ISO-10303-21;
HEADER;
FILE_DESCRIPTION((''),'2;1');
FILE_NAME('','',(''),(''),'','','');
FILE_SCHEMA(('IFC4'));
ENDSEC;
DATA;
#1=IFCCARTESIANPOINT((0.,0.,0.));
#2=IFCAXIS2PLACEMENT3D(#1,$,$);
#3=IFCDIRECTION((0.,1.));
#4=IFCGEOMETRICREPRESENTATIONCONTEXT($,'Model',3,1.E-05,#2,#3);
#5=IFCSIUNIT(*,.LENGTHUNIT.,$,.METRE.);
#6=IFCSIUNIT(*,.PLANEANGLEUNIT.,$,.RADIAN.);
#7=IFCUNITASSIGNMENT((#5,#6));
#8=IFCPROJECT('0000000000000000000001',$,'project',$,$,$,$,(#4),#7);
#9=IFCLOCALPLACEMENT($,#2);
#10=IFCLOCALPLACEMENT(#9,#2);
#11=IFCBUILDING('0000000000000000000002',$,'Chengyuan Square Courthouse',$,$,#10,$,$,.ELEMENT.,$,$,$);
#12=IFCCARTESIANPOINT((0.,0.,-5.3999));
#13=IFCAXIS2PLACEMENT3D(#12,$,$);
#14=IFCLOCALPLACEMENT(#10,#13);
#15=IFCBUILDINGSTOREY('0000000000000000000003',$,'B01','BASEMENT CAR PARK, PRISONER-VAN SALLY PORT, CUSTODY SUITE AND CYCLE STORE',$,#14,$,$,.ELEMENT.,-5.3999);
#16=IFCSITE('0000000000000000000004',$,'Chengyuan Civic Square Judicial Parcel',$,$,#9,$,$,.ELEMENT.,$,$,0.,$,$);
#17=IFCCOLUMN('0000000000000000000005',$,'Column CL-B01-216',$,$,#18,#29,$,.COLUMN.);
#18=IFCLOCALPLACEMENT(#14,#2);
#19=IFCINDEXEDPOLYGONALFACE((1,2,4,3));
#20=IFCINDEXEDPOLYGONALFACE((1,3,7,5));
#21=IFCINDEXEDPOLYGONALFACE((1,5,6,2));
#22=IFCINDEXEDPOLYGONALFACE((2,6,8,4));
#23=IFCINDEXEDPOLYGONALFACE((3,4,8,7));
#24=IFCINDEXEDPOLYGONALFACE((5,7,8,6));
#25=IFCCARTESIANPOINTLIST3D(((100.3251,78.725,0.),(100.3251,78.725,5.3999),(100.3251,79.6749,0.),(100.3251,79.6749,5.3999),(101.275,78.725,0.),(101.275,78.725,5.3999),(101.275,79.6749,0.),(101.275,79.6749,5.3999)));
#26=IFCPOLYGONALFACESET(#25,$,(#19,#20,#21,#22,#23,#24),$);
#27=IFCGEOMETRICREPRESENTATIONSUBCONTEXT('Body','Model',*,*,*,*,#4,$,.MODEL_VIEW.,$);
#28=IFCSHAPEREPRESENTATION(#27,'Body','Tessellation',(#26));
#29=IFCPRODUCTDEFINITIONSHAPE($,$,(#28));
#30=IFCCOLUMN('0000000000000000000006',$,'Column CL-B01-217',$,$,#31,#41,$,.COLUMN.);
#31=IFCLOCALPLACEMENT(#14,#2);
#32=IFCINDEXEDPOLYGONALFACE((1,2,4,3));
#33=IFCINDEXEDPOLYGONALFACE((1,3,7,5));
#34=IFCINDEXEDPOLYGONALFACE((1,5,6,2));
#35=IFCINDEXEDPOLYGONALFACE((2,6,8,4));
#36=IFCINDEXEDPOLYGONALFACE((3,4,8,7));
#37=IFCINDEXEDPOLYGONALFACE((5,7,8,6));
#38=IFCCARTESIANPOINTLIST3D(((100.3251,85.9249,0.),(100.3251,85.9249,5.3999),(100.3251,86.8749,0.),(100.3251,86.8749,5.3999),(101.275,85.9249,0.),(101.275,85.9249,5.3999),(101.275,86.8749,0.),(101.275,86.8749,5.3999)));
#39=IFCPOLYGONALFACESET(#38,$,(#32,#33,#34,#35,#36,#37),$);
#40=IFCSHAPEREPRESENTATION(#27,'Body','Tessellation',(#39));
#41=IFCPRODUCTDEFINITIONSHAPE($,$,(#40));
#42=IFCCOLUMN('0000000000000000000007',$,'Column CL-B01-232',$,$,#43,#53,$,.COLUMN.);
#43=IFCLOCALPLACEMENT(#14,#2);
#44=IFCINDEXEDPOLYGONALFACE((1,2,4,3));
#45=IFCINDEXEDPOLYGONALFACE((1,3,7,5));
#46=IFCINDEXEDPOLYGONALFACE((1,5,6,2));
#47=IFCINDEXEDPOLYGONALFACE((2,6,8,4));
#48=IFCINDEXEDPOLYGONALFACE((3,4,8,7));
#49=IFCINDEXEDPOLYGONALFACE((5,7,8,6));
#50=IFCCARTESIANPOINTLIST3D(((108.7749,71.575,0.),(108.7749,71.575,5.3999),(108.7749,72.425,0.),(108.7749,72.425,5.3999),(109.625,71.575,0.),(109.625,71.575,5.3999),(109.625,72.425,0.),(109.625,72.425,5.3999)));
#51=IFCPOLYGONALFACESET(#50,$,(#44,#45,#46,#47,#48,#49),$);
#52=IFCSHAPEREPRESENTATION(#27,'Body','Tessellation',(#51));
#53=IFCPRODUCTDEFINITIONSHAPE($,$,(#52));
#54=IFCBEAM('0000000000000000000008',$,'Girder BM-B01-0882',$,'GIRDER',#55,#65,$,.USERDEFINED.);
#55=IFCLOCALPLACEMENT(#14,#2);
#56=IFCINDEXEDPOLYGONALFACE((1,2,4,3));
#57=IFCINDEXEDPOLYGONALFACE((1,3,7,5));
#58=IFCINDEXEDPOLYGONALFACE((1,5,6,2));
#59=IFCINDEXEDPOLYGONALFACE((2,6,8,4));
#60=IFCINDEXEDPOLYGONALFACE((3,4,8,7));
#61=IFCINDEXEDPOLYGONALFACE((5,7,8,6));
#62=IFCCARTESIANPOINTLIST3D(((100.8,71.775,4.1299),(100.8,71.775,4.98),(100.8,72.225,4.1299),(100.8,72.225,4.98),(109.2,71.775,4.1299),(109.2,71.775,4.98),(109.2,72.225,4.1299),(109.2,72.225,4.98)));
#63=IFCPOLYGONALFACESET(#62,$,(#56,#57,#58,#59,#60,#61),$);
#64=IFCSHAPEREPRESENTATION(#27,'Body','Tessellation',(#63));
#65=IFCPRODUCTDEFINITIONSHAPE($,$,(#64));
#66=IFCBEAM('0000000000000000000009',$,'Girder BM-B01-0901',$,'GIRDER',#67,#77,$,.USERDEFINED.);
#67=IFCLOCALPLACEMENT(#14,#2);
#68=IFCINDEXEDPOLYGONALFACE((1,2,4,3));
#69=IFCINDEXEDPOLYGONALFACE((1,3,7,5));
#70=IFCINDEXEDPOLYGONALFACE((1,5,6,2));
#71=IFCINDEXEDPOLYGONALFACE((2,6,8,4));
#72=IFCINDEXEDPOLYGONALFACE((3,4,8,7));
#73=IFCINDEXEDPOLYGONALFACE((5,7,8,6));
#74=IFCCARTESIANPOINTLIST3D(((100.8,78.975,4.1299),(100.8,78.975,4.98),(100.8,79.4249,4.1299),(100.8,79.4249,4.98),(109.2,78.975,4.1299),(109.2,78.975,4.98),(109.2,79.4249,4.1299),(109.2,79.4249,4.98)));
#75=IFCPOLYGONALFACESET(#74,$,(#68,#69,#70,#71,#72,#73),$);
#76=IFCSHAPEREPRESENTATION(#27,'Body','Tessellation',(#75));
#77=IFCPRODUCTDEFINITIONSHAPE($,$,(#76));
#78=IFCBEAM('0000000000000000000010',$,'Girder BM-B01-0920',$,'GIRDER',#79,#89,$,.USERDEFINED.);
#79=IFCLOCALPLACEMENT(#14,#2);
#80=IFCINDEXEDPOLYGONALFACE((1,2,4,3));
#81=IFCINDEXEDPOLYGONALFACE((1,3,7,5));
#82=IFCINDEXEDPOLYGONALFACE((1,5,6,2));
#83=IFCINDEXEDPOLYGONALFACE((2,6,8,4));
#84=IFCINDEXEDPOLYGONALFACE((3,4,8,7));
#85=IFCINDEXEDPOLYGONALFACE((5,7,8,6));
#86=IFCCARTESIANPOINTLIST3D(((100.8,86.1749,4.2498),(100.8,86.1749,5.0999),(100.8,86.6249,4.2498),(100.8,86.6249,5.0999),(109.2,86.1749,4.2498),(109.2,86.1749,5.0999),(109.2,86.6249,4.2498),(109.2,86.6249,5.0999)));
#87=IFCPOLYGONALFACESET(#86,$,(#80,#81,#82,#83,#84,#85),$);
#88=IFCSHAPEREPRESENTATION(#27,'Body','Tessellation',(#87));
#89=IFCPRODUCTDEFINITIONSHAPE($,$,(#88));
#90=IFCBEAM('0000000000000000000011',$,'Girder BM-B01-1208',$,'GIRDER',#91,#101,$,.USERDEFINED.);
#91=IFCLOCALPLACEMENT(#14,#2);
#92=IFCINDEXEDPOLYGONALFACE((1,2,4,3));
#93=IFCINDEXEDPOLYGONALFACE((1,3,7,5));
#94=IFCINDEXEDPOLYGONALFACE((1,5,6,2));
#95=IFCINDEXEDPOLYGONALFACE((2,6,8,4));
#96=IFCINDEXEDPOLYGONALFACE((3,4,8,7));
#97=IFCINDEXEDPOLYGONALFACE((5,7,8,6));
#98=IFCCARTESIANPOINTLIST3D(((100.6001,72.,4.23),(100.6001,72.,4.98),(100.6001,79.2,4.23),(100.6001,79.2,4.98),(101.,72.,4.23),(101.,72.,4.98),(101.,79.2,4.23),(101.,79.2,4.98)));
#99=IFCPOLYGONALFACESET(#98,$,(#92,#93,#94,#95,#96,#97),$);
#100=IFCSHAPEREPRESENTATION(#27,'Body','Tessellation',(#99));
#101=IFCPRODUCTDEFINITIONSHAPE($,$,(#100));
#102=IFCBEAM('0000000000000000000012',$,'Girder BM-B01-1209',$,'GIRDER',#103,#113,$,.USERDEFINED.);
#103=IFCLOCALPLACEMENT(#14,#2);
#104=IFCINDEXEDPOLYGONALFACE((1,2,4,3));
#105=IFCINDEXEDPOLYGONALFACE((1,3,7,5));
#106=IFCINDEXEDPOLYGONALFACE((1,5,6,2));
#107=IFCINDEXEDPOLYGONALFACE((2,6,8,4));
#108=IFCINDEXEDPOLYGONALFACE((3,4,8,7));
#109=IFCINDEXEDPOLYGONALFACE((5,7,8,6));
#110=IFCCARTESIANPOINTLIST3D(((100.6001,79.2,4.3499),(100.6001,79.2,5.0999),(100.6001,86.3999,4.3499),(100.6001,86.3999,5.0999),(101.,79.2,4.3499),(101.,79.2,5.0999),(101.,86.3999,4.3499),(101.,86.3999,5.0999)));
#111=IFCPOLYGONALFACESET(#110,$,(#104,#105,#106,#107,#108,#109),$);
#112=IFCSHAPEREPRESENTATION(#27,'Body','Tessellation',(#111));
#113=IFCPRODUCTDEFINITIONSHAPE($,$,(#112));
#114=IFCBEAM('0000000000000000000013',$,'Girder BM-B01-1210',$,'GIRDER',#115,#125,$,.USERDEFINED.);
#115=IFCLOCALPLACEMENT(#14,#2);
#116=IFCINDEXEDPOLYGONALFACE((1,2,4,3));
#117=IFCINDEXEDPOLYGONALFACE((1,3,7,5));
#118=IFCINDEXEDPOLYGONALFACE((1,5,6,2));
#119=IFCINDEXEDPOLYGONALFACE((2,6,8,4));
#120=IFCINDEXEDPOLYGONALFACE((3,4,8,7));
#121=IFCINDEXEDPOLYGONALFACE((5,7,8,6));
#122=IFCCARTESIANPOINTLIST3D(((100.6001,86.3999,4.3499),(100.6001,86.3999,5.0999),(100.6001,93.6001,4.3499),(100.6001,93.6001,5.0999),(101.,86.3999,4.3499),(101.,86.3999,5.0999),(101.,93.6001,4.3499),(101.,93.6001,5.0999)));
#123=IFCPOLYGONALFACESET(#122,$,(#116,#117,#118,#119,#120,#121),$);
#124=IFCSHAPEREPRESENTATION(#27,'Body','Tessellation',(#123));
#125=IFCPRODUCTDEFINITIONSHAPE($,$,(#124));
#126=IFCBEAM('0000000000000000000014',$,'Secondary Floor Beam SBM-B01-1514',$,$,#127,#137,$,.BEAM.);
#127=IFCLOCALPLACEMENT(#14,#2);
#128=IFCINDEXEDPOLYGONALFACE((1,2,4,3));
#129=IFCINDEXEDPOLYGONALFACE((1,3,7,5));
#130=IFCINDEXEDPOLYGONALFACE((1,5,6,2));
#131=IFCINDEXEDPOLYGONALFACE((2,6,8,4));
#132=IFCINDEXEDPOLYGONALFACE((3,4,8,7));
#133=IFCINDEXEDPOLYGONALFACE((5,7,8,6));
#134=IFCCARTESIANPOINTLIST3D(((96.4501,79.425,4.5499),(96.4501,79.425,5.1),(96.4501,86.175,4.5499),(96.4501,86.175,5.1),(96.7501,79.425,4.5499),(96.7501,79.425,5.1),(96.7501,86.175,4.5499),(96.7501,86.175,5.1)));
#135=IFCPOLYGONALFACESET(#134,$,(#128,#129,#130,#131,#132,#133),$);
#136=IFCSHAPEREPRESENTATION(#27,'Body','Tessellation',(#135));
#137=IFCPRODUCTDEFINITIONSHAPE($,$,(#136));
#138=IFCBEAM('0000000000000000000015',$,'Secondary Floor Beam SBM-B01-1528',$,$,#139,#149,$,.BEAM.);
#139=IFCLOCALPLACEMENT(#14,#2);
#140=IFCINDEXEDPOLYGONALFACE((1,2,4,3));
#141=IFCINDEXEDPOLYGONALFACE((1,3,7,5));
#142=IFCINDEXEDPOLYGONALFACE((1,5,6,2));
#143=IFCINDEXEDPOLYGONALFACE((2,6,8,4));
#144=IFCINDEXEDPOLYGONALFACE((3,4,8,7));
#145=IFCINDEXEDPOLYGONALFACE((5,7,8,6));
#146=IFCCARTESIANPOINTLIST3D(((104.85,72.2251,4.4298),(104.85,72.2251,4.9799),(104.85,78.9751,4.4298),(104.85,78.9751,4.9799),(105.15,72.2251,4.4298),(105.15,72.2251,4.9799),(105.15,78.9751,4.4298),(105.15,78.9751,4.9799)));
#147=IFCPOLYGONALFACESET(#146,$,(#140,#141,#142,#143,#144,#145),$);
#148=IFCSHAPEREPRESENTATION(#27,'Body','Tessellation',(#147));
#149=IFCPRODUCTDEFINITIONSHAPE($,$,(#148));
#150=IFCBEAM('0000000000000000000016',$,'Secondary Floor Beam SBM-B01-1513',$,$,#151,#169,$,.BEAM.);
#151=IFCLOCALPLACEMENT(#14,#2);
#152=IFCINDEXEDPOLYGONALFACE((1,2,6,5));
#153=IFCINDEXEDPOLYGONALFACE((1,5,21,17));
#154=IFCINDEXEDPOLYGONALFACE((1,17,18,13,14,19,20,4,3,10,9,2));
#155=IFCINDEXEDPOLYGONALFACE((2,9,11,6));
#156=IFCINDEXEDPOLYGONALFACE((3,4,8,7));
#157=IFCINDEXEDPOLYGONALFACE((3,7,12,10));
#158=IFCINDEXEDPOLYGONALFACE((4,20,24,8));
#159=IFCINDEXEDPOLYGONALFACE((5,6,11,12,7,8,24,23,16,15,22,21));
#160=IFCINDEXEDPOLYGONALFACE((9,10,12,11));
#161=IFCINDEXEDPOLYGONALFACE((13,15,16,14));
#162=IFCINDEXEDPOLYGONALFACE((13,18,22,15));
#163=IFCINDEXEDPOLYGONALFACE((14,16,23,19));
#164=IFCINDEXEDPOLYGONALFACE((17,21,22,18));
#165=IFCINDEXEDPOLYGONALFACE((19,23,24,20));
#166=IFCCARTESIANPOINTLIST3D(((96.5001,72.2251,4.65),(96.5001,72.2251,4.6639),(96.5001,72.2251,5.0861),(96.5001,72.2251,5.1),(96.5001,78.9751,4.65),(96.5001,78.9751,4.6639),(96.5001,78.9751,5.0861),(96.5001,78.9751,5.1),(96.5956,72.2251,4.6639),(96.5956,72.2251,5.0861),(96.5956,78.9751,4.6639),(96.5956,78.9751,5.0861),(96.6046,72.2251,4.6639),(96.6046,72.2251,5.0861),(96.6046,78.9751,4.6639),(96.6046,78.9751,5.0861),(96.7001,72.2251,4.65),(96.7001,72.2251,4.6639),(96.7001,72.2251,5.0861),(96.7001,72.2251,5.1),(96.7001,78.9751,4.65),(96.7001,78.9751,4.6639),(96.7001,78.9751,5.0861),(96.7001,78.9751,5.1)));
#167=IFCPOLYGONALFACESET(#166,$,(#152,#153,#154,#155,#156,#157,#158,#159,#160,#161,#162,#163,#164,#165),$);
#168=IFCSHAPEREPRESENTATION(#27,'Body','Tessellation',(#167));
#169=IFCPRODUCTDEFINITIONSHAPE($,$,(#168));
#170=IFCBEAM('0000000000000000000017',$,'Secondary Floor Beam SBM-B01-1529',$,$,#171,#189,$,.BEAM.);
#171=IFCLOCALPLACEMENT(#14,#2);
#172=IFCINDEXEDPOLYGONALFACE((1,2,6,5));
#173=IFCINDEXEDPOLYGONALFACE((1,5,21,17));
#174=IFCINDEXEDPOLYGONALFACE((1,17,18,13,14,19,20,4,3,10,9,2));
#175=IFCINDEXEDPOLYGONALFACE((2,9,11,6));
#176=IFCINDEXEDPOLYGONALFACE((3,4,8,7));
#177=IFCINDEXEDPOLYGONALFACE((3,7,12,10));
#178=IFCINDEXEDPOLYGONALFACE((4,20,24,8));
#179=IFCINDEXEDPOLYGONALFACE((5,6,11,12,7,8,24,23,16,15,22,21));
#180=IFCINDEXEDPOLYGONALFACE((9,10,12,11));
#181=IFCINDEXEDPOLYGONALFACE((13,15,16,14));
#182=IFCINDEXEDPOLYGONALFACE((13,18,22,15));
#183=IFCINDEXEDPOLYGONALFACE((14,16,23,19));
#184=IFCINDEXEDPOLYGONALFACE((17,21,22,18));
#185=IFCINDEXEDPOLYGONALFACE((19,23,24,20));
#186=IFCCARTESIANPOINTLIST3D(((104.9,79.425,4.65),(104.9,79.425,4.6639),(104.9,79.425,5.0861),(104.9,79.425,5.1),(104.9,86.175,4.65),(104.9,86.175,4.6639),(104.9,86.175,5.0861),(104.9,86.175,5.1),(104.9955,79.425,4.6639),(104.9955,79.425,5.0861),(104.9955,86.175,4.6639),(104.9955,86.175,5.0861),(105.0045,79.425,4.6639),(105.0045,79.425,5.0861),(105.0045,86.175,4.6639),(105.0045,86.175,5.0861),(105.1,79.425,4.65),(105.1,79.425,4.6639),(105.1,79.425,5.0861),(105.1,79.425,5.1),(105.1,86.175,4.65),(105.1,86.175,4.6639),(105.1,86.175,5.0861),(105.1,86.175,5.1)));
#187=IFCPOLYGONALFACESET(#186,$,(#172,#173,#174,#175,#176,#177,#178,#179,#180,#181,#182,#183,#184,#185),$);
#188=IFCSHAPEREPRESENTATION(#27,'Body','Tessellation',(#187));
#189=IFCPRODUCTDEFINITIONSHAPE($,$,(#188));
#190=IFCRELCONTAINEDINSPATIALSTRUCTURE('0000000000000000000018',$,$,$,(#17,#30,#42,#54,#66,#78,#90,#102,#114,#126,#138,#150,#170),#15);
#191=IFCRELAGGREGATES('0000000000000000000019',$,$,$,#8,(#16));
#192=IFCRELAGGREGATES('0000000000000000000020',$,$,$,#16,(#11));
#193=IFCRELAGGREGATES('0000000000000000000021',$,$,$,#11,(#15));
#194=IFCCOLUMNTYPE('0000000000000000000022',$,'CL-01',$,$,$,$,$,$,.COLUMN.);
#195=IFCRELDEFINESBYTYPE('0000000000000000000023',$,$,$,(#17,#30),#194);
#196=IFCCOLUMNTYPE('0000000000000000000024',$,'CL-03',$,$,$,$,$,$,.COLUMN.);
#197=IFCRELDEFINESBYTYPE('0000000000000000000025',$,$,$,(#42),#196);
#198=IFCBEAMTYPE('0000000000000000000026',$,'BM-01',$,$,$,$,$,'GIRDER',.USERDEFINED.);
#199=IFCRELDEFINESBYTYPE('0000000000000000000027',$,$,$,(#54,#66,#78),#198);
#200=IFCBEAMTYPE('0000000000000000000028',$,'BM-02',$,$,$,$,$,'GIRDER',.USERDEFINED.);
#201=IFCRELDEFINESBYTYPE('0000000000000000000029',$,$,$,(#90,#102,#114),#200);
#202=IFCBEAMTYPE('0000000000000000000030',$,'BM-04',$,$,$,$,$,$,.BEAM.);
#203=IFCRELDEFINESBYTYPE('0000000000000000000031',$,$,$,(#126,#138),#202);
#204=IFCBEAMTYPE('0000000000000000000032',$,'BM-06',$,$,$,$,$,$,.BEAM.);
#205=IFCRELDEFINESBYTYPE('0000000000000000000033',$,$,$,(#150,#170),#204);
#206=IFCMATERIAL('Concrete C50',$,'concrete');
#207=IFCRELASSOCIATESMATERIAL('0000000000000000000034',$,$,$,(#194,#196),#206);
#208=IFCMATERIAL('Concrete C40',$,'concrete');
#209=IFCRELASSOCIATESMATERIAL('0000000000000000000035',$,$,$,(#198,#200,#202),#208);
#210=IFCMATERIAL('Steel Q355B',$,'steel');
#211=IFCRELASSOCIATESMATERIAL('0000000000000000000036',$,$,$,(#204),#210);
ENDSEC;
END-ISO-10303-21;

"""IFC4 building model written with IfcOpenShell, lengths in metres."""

from ifc_helpers import new_model, si_unit, direction, frame, origin, origin_2d, place, context, subcontext, project, spatial, rectangle, i_section, extrude, material, material_profile, profile_set, type_object, element, save


model = new_model("IFC4")

# Units and contexts
model_context = context("Model", 3, precision=1e-05, world=origin(), true_north=direction((0.0, 1.0)))
body_context = subcontext(model_context, "Body", "Model", "MODEL_VIEW")
ifc_project = project(units=[si_unit("LENGTHUNIT", "METRE"), si_unit("PLANEANGLEUNIT", "RADIAN")], contexts=[model_context])

# Site, building, storey
site_placement = place(None, origin())
site = spatial("IfcSite", under=ifc_project, at=site_placement, Name="Chengyuan Civic Square Judicial Parcel", CompositionType="ELEMENT", RefElevation=0.0)
building_placement = place(site_placement, origin())
building = spatial("IfcBuilding", under=site, at=building_placement, Name="Chengyuan Square Courthouse", CompositionType="ELEMENT")
storey_placement = place(building_placement, frame((0.0, 0.0, -5.3999)))
storey = spatial("IfcBuildingStorey", under=building, at=storey_placement, Name="B01", Description="BASEMENT CAR PARK, PRISONER-VAN SALLY PORT, CUSTODY SUITE AND CYCLE STORE", CompositionType="ELEMENT", Elevation=-5.3999)

# Columns
ifc_material_1 = material(Name="Concrete C50", Category="concrete")
ifc_material_profile_1 = material_profile(ifc_material_1, rectangle(XDim=0.95, YDim=0.95, at=origin_2d()), Name="RC-COL-950x950")
ifc_profile_set_1 = profile_set([ifc_material_profile_1], Name="Concrete C50")
column_type_1 = type_object("IfcColumnType", Name="CL-01", PredefinedType="COLUMN", material=ifc_profile_set_1)
for number, where, z_axis, x_axis, name in (
    (1, (100.8, 79.2, 0.0), (0.0, 0.0, 1.0), (1.0, 0.0, 0.0), "Column CL-B01-216"),
    (2, (100.8, 86.3999, 0.0), (0.0, 0.0, 1.0), (1.0, 0.0, 0.0), "Column CL-B01-217"),
):
    element("IfcColumn", number, at=place(storey_placement, frame(where, z_axis=z_axis, x_axis=x_axis)), inside=storey, type_object=column_type_1, Name=name, PredefinedType="COLUMN", context=body_context, shape_type="SweptSolid", body=[
        extrude(rectangle(XDim=0.95, YDim=0.95, at=origin_2d()), origin(), (0.0, 0.0, 1.0), 5.3999),
    ])
ifc_material_profile_2 = material_profile(ifc_material_1, rectangle(XDim=0.8501, YDim=0.8501, at=origin_2d()), Name="RC-COL-850x850")
ifc_profile_set_2 = profile_set([ifc_material_profile_2], Name="Concrete C50")
column_type_2 = type_object("IfcColumnType", Name="CL-03", PredefinedType="COLUMN", material=ifc_profile_set_2)
column_placement = place(storey_placement, frame((109.2, 72.0, 0.0), z_axis=(0.0, 0.0, 1.0), x_axis=(1.0, 0.0, 0.0)))
element("IfcColumn", 3, at=column_placement, inside=storey, type_object=column_type_2, Name="Column CL-B01-232", PredefinedType="COLUMN", context=body_context, shape_type="SweptSolid", body=[
    extrude(rectangle(XDim=0.8501, YDim=0.8501, at=origin_2d()), origin(), (0.0, 0.0, 1.0), 5.3999),
])

# Beams
ifc_material_2 = material(Name="Concrete C40", Category="concrete")
ifc_material_profile_3 = material_profile(ifc_material_2, rectangle(XDim=0.45, YDim=0.8501, at=origin_2d()), Name="RC-BM-450x850")
ifc_profile_set_3 = profile_set([ifc_material_profile_3], Name="Concrete C40")
beam_type_1 = type_object("IfcBeamType", Name="BM-01", ElementType="GIRDER", PredefinedType="USERDEFINED", material=ifc_profile_set_3)
for number, where, z_axis, x_axis, name in (
    (4, (100.8, 72.0, 4.5549), (1.0, 0.0, 0.0), (0.0, 1.0, 0.0), "Girder BM-B01-0882"),
    (5, (100.8, 79.2, 4.5549), (1.0, 0.0, 0.0), (0.0, 1.0, 0.0), "Girder BM-B01-0901"),
    (6, (100.8, 86.3999, 4.6748), (1.0, 0.0, 0.0), (0.0, 1.0, 0.0), "Girder BM-B01-0920"),
):
    element("IfcBeam", number, at=place(storey_placement, frame(where, z_axis=z_axis, x_axis=x_axis)), inside=storey, type_object=beam_type_1, Name=name, ObjectType="GIRDER", PredefinedType="USERDEFINED", context=body_context, shape_type="SweptSolid", body=[
        extrude(rectangle(XDim=0.45, YDim=0.8501, at=origin_2d()), origin(), (0.0, 0.0, 1.0), 8.3999),
    ])
ifc_material_profile_4 = material_profile(ifc_material_2, rectangle(XDim=0.3999, YDim=0.75, at=origin_2d()), Name="RC-BM-400x750")
ifc_profile_set_4 = profile_set([ifc_material_profile_4], Name="Concrete C40")
beam_type_2 = type_object("IfcBeamType", Name="BM-02", ElementType="GIRDER", PredefinedType="USERDEFINED", material=ifc_profile_set_4)
for number, where, z_axis, x_axis, name in (
    (7, (100.8, 72.0, 4.605), (0.0, 1.0, 0.0), (-1.0, 0.0, 0.0), "Girder BM-B01-1208"),
    (8, (100.8, 79.2, 4.7249), (0.0, 1.0, 0.0), (-1.0, 0.0, 0.0), "Girder BM-B01-1209"),
):
    element("IfcBeam", number, at=place(storey_placement, frame(where, z_axis=z_axis, x_axis=x_axis)), inside=storey, type_object=beam_type_2, Name=name, ObjectType="GIRDER", PredefinedType="USERDEFINED", context=body_context, shape_type="SweptSolid", body=[
        extrude(rectangle(XDim=0.3999, YDim=0.75, at=origin_2d()), origin(), (0.0, 0.0, 1.0), 7.2),
    ])
beam_placement = place(storey_placement, frame((100.8, 86.3999, 4.7249), z_axis=(0.0, 1.0, 0.0), x_axis=(-1.0, 0.0, 0.0)))
element("IfcBeam", 9, at=beam_placement, inside=storey, type_object=beam_type_2, Name="Girder BM-B01-1210", ObjectType="GIRDER", PredefinedType="USERDEFINED", context=body_context, shape_type="SweptSolid", body=[
    extrude(rectangle(XDim=0.3999, YDim=0.75, at=origin_2d()), origin(), (0.0, 0.0, 1.0), 7.2002),
])
ifc_material_profile_5 = material_profile(ifc_material_2, rectangle(XDim=0.3, YDim=0.55, at=origin_2d()), Name="RC-BM-300x550")
ifc_profile_set_5 = profile_set([ifc_material_profile_5], Name="Concrete C40")
beam_type_3 = type_object("IfcBeamType", Name="BM-04", PredefinedType="BEAM", material=ifc_profile_set_5)
for number, where, z_axis, x_axis, name in (
    (10, (96.6001, 79.425, 4.825), (0.0, 1.0, 0.0), (-1.0, 0.0, 0.0), "Secondary Floor Beam SBM-B01-1514"),
    (11, (105.0, 72.2251, 4.7048), (0.0, 1.0, 0.0), (-1.0, 0.0, 0.0), "Secondary Floor Beam SBM-B01-1528"),
):
    element("IfcBeam", number, at=place(storey_placement, frame(where, z_axis=z_axis, x_axis=x_axis)), inside=storey, type_object=beam_type_3, Name=name, PredefinedType="BEAM", context=body_context, shape_type="SweptSolid", body=[
        extrude(rectangle(XDim=0.3, YDim=0.55, at=origin_2d()), origin(), (0.0, 0.0, 1.0), 6.75),
    ])
ifc_material_3 = material(Name="Steel Q355B", Category="steel")
ifc_material_profile_6 = material_profile(ifc_material_3, i_section(OverallWidth=0.2, OverallDepth=0.45, WebThickness=0.009, FlangeThickness=0.0139, at=origin_2d()), Name="HN 450x200x9x14")
ifc_profile_set_6 = profile_set([ifc_material_profile_6], Name="Steel Q355B")
beam_type_4 = type_object("IfcBeamType", Name="BM-06", PredefinedType="BEAM", material=ifc_profile_set_6)
for number, where, z_axis, x_axis, name in (
    (12, (96.6001, 72.2251, 4.875), (0.0, 1.0, 0.0), (-1.0, 0.0, 0.0), "Secondary Floor Beam SBM-B01-1513"),
    (13, (105.0, 79.425, 4.875), (0.0, 1.0, 0.0), (-1.0, 0.0, 0.0), "Secondary Floor Beam SBM-B01-1529"),
):
    element("IfcBeam", number, at=place(storey_placement, frame(where, z_axis=z_axis, x_axis=x_axis)), inside=storey, type_object=beam_type_4, Name=name, PredefinedType="BEAM", context=body_context, shape_type="SweptSolid", body=[
        extrude(i_section(OverallWidth=0.2, OverallDepth=0.45, WebThickness=0.009, FlangeThickness=0.0139, at=origin_2d()), origin(), (0.0, 0.0, 1.0), 6.75),
    ])

save(model, "model.ifc")
